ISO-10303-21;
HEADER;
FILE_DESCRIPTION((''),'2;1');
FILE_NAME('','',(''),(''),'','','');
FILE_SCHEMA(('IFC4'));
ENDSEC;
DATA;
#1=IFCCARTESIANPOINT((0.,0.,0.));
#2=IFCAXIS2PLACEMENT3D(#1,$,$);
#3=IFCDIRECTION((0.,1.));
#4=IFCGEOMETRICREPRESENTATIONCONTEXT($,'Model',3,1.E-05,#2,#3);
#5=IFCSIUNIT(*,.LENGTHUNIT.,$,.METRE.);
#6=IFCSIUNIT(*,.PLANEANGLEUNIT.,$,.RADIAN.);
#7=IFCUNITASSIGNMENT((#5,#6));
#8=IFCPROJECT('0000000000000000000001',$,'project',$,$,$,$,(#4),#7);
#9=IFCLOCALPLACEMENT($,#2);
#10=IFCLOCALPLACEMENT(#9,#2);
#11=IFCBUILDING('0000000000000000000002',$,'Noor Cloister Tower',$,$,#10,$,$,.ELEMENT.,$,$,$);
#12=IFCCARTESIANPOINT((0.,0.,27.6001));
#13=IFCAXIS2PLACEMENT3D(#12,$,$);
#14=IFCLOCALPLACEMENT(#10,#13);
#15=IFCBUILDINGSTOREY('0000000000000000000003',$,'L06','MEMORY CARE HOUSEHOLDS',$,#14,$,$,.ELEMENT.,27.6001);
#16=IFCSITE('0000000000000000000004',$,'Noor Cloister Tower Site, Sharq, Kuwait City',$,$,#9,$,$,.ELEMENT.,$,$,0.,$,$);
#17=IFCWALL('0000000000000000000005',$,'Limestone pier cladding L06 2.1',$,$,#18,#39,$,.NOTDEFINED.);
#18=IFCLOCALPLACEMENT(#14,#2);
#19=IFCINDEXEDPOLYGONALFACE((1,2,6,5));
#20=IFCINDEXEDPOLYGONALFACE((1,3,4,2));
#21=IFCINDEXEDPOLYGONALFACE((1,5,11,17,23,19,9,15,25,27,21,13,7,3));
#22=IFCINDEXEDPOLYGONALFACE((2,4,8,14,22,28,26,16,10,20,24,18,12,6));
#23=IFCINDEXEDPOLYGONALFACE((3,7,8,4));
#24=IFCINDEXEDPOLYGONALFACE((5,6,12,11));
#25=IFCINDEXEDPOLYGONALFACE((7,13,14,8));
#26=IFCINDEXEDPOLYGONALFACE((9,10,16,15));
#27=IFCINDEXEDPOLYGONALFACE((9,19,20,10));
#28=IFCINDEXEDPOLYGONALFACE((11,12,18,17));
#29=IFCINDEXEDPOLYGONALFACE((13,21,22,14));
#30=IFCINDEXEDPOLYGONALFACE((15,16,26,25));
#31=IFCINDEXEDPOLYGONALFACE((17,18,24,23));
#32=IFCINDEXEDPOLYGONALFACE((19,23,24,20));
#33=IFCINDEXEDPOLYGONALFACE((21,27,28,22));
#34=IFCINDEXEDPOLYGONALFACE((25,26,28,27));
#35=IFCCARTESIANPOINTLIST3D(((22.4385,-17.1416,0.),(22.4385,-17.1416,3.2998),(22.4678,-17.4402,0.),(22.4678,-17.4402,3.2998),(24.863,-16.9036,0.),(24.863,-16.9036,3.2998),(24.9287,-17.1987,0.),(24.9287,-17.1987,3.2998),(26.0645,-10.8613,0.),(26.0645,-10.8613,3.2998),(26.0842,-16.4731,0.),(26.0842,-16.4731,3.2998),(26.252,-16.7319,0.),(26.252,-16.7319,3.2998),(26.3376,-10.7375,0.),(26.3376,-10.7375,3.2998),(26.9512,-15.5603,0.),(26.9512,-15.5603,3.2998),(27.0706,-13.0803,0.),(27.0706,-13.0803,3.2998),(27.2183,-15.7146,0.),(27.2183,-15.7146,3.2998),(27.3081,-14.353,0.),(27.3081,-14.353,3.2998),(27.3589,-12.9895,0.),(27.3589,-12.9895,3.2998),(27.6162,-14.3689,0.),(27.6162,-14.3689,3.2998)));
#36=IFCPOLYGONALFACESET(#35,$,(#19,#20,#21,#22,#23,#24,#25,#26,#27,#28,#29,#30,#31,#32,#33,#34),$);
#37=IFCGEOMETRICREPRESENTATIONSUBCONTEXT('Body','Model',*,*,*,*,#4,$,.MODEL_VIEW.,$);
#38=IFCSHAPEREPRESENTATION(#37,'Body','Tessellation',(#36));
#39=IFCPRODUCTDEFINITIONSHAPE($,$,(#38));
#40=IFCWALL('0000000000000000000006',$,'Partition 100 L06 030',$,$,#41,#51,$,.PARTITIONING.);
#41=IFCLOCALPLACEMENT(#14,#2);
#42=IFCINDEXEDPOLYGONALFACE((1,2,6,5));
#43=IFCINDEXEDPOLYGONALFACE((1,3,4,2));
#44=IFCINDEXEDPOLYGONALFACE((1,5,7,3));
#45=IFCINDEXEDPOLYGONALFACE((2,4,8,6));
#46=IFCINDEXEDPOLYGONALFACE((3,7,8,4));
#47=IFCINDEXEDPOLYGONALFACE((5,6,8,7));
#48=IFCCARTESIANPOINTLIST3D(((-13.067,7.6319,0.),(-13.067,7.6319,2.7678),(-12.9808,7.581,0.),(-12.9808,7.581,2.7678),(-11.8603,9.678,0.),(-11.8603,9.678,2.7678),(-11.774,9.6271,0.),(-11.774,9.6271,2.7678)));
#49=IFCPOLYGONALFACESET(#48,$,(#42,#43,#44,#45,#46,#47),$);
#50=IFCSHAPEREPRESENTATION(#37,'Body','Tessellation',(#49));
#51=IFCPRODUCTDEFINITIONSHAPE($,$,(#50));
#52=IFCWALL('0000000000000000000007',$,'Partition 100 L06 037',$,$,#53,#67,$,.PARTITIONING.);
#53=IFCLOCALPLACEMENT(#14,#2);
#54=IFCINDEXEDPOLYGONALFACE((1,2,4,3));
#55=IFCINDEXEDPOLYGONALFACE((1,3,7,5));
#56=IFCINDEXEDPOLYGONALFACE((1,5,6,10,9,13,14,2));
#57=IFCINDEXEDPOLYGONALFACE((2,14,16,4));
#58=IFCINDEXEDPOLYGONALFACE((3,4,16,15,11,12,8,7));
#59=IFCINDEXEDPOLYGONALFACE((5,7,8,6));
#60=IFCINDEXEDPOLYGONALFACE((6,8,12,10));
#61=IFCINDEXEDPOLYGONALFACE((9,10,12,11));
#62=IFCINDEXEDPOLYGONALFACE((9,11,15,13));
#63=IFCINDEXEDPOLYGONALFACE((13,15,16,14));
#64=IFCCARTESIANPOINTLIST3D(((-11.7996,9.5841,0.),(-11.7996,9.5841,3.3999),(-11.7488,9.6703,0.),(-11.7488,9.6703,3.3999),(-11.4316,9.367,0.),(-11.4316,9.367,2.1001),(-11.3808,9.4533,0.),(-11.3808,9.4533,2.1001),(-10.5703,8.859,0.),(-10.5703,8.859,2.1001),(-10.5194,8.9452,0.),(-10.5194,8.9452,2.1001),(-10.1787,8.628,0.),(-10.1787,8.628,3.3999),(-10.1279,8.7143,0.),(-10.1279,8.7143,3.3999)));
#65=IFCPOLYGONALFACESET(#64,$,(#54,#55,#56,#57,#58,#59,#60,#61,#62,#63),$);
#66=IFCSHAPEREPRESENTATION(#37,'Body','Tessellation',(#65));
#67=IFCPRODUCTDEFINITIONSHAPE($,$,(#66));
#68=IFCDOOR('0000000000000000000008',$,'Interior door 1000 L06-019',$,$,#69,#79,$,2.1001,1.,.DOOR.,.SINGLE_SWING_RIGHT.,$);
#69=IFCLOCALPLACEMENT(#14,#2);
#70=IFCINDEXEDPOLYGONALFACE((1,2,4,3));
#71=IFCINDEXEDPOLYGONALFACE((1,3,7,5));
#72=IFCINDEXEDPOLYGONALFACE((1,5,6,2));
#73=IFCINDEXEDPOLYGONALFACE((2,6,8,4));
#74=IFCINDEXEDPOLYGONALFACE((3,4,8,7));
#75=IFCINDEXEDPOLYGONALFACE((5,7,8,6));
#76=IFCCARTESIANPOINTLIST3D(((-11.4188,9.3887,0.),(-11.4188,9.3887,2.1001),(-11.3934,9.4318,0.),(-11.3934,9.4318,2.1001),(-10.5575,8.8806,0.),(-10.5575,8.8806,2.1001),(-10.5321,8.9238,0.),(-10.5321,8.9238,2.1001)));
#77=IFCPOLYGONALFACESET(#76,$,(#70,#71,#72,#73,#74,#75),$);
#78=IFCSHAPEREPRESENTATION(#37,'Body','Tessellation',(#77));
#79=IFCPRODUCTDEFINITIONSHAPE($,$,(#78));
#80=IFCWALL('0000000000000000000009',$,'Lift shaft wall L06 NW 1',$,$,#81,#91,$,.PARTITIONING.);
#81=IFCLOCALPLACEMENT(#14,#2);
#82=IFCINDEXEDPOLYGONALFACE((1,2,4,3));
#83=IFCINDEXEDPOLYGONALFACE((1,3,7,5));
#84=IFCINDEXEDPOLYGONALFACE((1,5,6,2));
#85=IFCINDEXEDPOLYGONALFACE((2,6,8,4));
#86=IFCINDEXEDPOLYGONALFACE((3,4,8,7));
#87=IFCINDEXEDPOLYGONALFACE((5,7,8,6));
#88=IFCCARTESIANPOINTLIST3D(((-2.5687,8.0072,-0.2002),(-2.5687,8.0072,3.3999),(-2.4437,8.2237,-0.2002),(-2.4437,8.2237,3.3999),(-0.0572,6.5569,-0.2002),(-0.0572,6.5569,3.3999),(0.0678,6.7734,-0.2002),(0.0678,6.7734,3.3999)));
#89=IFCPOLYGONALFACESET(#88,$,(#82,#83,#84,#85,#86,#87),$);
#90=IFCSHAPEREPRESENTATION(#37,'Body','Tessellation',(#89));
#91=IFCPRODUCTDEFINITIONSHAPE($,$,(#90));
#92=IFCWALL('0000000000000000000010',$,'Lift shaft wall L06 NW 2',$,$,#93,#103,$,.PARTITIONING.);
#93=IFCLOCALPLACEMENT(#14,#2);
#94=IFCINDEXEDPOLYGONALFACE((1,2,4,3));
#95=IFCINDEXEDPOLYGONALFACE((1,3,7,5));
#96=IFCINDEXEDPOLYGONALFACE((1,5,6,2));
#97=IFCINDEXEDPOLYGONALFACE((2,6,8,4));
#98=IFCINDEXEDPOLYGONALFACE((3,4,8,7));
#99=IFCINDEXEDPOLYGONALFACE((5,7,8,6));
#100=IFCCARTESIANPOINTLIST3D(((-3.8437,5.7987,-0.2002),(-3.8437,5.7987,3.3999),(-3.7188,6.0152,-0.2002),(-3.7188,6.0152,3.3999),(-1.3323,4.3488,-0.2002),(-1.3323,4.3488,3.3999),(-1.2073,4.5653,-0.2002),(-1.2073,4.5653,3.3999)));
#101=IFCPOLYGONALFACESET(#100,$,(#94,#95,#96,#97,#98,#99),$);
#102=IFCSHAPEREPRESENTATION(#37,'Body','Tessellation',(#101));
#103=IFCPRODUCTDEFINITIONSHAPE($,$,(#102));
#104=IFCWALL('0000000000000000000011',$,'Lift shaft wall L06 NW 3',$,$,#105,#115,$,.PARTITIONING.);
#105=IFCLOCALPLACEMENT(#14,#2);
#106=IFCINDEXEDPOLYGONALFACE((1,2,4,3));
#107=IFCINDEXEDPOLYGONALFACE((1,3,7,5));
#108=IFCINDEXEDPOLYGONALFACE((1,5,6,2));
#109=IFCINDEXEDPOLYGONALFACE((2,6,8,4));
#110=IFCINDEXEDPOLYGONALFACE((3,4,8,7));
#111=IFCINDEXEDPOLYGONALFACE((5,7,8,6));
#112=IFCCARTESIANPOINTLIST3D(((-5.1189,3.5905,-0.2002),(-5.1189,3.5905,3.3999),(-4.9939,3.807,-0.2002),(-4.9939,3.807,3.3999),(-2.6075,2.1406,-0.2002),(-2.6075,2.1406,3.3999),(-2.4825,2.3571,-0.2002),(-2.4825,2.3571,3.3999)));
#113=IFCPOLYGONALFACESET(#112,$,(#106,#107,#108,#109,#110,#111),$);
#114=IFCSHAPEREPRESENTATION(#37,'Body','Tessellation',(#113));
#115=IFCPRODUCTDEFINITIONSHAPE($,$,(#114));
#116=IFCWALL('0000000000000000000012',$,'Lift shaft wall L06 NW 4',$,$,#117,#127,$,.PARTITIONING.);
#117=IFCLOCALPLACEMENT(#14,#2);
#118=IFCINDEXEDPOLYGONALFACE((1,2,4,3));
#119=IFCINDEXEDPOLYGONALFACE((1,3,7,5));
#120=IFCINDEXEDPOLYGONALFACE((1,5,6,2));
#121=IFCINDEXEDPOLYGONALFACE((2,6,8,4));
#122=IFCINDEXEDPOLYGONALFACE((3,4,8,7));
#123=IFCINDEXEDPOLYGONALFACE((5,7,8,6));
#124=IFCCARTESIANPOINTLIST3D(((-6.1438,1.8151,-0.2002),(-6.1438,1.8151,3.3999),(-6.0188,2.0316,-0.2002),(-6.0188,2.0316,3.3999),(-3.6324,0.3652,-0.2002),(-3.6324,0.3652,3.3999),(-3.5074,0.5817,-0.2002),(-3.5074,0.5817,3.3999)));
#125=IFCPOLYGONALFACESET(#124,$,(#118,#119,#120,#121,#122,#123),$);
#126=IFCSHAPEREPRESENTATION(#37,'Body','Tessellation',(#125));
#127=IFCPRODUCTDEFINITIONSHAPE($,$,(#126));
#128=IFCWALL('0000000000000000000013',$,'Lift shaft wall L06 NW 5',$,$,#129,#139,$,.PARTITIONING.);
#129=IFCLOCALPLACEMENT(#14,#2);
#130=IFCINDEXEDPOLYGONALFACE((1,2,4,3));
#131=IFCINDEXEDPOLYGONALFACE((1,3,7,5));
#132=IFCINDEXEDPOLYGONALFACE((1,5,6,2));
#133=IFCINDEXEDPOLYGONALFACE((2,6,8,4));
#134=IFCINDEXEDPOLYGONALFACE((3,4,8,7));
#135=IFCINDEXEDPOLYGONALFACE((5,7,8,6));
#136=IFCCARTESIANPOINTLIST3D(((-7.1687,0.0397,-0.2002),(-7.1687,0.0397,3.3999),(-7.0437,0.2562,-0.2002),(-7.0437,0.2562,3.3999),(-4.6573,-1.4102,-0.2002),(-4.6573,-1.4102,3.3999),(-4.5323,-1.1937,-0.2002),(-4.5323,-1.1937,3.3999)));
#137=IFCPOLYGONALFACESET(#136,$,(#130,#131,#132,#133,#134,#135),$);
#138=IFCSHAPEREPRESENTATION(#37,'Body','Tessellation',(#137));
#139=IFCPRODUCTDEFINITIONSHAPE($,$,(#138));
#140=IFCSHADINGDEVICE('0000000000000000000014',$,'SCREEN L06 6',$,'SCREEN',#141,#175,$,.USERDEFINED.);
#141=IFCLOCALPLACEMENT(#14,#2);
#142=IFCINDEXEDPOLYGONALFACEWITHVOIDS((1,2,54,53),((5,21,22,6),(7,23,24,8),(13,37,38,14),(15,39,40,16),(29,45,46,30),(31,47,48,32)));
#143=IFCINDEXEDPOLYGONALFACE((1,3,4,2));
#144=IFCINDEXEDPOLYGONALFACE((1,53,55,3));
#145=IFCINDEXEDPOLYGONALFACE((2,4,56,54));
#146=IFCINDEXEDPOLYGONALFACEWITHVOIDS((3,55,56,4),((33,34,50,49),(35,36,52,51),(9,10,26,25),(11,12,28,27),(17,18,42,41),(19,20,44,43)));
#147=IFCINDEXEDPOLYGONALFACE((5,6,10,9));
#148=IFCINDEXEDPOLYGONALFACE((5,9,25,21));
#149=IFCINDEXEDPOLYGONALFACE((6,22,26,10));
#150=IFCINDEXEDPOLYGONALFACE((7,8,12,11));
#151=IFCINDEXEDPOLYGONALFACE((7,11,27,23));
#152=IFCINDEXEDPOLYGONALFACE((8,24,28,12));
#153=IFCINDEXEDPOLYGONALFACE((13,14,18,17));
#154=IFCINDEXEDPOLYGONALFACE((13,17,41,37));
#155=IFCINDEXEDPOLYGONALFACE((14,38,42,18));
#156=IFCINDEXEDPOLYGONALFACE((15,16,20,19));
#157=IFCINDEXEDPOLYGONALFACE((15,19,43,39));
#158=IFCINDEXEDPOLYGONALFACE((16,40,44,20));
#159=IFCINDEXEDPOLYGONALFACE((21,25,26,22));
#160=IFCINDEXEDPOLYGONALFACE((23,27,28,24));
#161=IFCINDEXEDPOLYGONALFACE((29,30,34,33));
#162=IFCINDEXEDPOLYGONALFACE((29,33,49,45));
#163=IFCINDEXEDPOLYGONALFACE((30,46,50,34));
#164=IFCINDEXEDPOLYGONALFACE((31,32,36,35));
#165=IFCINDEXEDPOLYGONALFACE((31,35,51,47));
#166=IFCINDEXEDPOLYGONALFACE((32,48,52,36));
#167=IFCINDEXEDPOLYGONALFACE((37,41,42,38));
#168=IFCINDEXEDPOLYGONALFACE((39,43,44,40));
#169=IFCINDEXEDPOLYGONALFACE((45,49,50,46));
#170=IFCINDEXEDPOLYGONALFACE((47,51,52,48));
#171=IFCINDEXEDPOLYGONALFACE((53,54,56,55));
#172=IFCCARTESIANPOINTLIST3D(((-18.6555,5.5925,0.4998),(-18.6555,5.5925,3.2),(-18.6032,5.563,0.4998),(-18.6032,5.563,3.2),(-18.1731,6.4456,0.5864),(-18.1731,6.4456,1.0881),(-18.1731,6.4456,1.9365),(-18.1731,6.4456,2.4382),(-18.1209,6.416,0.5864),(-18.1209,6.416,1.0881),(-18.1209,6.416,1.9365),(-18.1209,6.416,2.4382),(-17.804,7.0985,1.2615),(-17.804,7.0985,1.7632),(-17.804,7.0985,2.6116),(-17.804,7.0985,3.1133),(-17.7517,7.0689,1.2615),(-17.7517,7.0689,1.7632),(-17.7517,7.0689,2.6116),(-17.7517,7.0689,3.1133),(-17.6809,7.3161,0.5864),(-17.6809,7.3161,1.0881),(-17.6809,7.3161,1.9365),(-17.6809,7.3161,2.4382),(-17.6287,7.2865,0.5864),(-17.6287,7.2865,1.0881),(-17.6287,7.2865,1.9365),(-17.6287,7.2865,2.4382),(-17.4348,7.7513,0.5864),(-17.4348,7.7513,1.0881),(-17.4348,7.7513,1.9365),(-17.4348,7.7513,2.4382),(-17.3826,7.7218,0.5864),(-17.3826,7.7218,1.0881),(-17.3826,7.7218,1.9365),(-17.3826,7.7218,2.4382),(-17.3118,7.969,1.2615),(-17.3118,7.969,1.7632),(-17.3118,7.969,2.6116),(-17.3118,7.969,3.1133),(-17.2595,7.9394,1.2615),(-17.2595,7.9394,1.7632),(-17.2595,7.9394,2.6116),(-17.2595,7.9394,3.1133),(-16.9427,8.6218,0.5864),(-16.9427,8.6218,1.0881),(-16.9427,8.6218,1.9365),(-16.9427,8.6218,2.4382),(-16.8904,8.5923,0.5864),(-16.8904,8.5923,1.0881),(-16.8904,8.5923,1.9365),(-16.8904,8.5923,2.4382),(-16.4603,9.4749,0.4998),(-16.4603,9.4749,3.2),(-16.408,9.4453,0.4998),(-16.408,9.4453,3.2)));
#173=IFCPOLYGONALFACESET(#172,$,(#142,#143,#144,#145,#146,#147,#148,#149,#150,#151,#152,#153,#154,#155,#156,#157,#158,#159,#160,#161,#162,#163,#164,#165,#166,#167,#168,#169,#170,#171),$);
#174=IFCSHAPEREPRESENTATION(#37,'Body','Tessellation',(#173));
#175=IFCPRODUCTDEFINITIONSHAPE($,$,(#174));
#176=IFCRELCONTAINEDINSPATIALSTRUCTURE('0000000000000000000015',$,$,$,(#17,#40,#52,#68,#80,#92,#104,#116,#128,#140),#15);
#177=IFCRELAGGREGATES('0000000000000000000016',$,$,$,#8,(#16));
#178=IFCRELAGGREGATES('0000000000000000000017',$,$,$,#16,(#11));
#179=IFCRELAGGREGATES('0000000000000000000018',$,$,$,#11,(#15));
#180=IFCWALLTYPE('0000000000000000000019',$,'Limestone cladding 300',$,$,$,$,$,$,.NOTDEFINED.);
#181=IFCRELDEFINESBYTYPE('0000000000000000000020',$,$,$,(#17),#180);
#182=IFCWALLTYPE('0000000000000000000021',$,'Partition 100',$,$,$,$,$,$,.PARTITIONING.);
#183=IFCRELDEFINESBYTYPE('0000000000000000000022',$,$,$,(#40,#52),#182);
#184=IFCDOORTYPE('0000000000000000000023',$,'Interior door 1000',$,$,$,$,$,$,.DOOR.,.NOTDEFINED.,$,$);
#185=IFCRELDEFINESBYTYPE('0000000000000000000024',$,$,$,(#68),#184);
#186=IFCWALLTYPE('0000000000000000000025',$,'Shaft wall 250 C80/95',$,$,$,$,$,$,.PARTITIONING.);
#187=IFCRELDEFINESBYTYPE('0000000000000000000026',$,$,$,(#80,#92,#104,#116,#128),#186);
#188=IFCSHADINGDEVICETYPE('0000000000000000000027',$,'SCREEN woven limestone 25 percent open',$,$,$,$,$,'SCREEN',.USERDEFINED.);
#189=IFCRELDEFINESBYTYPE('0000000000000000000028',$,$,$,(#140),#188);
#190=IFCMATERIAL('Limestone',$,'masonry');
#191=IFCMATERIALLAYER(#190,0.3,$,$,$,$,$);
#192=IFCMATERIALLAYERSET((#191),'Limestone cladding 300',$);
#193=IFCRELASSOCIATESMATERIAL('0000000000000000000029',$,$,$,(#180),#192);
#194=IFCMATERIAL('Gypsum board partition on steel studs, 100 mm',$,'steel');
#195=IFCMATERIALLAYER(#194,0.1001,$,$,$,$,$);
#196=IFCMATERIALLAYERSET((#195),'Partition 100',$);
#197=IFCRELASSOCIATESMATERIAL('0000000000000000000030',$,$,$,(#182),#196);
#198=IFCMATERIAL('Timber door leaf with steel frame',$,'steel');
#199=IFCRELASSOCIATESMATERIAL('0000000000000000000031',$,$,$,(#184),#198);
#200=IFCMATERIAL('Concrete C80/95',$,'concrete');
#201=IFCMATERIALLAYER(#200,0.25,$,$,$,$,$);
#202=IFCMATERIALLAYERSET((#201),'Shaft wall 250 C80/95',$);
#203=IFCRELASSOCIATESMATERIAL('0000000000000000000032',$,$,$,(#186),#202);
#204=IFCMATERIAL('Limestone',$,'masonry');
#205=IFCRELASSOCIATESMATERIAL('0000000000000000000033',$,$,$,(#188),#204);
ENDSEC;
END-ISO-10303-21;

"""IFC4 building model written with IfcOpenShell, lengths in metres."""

from ifc_helpers import new_model, si_unit, direction, frame, frame_2d, origin, place, context, subcontext, project, spatial, polyline, rectangle, outline, extrude, material, layer, layer_set, material_profile, profile_set, type_object, element, fill, save


model = new_model("IFC4")

# Units and contexts
model_context = context("Model", 3, precision=1e-05, world=origin(), true_north=direction((0.0, 1.0)))
body_context = subcontext(model_context, "Body", "Model", "MODEL_VIEW")
ifc_project = project(units=[si_unit("LENGTHUNIT", "METRE"), si_unit("PLANEANGLEUNIT", "RADIAN")], contexts=[model_context])

# Site, building, storey
site_placement = place(None, origin())
site = spatial("IfcSite", under=ifc_project, at=site_placement, Name="Noor Cloister Tower Site, Sharq, Kuwait City", CompositionType="ELEMENT", RefElevation=0.0)
building_placement = place(site_placement, origin())
building = spatial("IfcBuilding", under=site, at=building_placement, Name="Noor Cloister Tower", CompositionType="ELEMENT")
storey_placement = place(building_placement, frame((0.0, 0.0, 27.6001)))
storey = spatial("IfcBuildingStorey", under=building, at=storey_placement, Name="L06", Description="MEMORY CARE HOUSEHOLDS", CompositionType="ELEMENT", Elevation=27.6001)

# Walls
ifc_material_1 = material(Name="Limestone", Category="masonry")
ifc_layer_1 = layer(ifc_material_1, 0.3)
ifc_layer_set_1 = layer_set([ifc_layer_1], Name="Limestone cladding 300")
wall_type_1 = type_object("IfcWallType", Name="Limestone cladding 300", PredefinedType="NOTDEFINED", material=ifc_layer_set_1)
wall_1_placement = place(storey_placement, origin())
element("IfcWall", 1, at=wall_1_placement, inside=storey, type_object=wall_type_1, Name="Limestone pier cladding L06 2.1", PredefinedType="NOTDEFINED", context=body_context, shape_type="SweptSolid", body=[
    extrude(outline(polyline([(22.4678, -17.4402), (24.9287, -17.1987), (26.252, -16.7319), (27.2183, -15.7146), (27.6162, -14.3689), (27.3589, -12.9895), (26.3376, -10.7375), (26.0645, -10.8613), (27.0706, -13.0803), (27.3081, -14.353), (26.9512, -15.5603), (26.0842, -16.4731), (24.863, -16.9036), (22.4385, -17.1416), (22.4678, -17.4402)])), origin(), (0.0, 0.0, 1.0), 3.2998),
])
ifc_material_2 = material(Name="Gypsum board partition on steel studs, 100 mm", Category="steel")
ifc_layer_2 = layer(ifc_material_2, 0.1001)
ifc_layer_set_2 = layer_set([ifc_layer_2], Name="Partition 100")
wall_type_2 = type_object("IfcWallType", Name="Partition 100", PredefinedType="PARTITIONING", material=ifc_layer_set_2)
wall_2_placement = place(storey_placement, frame((-13.0239, 7.6064, 0.0), z_axis=(0.0, 0.0, 1.0), x_axis=(0.508012, 0.86135, 0.0)))
element("IfcWall", 2, at=wall_2_placement, inside=storey, type_object=wall_type_2, Name="Partition 100 L06 030", PredefinedType="PARTITIONING", context=body_context, shape_type="SweptSolid", body=[
    extrude(rectangle(XDim=2.3755, YDim=0.1001, at=frame_2d((1.1877, 0.0))), origin(), (0.0, 0.0, 1.0), 2.7678),
])

# Wall, opening, door
wall_3_placement = place(storey_placement, frame((-10.1533, 8.6711, 0.0), z_axis=(0.0, 0.0, 1.0), x_axis=(-0.861327, 0.508052, 0.0)))
wall_3 = element("IfcWall", 3, at=wall_3_placement, inside=storey, type_object=wall_type_2, Name="Partition 100 L06 037", PredefinedType="PARTITIONING", context=body_context, shape_type="SweptSolid", body=[
    extrude(rectangle(XDim=1.8818, YDim=0.1001, at=frame_2d((0.9409, 0.0))), origin(), (0.0, 0.0, 1.0), 3.3999),
])
opening_placement = place(wall_3_placement, frame((0.4546, 0.0, 0.0)))
opening = element("IfcOpeningElement", 4, at=opening_placement, cuts=wall_3, PredefinedType="OPENING", context=body_context, shape_type="SweptSolid", body=[
    extrude(rectangle(XDim=1.0, YDim=2.1001, at=frame_2d((0.5, 1.05))), frame((0.0, 0.0601, 0.0), z_axis=(0.0, -1.0, 0.0), x_axis=(1.0, 0.0, 0.0)), (0.0, 0.0, 1.0), 0.1201),
])
ifc_material_3 = material(Name="Timber door leaf with steel frame", Category="steel")
door_type = type_object("IfcDoorType", Name="Interior door 1000", OperationType="NOTDEFINED", PredefinedType="DOOR", material=ifc_material_3)
door_placement = place(opening_placement, origin())
door = element("IfcDoor", 5, at=door_placement, inside=storey, type_object=door_type, Name="Interior door 1000 L06-019", OperationType="SINGLE_SWING_RIGHT", OverallHeight=2.1001, OverallWidth=1.0, PredefinedType="DOOR", context=body_context, shape_type="SweptSolid", body=[
    extrude(rectangle(XDim=1.0, YDim=2.1001, at=frame_2d((0.5, 1.05))), frame((0.0, 0.0249, 0.0), z_axis=(0.0, -1.0, 0.0), x_axis=(1.0, 0.0, 0.0)), (0.0, 0.0, 1.0), 0.05),
])
fill(opening, door)

# Walls
ifc_material_4 = material(Name="Concrete C80/95", Category="concrete")
ifc_layer_3 = layer(ifc_material_4, 0.25)
ifc_layer_set_3 = layer_set([ifc_layer_3], Name="Shaft wall 250 C80/95")
wall_type_3 = type_object("IfcWallType", Name="Shaft wall 250 C80/95", PredefinedType="PARTITIONING", material=ifc_layer_set_3)
wall_4_placement = place(storey_placement, frame((-2.5063, 8.1155, -0.2002), z_axis=(0.0, 0.0, 1.0), x_axis=(0.865996, -0.50005, 0.0)))
element("IfcWall", 6, at=wall_4_placement, inside=storey, type_object=wall_type_3, Name="Lift shaft wall L06 NW 1", PredefinedType="PARTITIONING", context=body_context, shape_type="SweptSolid", body=[
    extrude(rectangle(XDim=2.9001, YDim=0.25, at=frame_2d((1.4502, 0.0))), origin(), (0.0, 0.0, 1.0), 3.6001),
])
for number, where, z_axis, x_axis, name in (
    (7, (-3.7812, 5.907, -0.2002), (0.0, 0.0, 1.0), (0.866033, -0.499987, 0.0), "Lift shaft wall L06 NW 2"),
    (8, (-5.0564, 3.6987, -0.2002), (0.0, 0.0, 1.0), (0.866033, -0.499987, 0.0), "Lift shaft wall L06 NW 3"),
    (9, (-6.0813, 1.9233, -0.2002), (0.0, 0.0, 1.0), (0.866033, -0.499987, 0.0), "Lift shaft wall L06 NW 4"),
    (10, (-7.1062, 0.1479, -0.2002), (0.0, 0.0, 1.0), (0.866033, -0.499987, 0.0), "Lift shaft wall L06 NW 5"),
):
    element("IfcWall", number, at=place(storey_placement, frame(where, z_axis=z_axis, x_axis=x_axis)), inside=storey, type_object=wall_type_3, Name=name, PredefinedType="PARTITIONING", context=body_context, shape_type="SweptSolid", body=[
        extrude(rectangle(XDim=2.8999, YDim=0.25, at=frame_2d((1.45, 0.0))), origin(), (0.0, 0.0, 1.0), 3.6001),
    ])

# Shading device
ifc_material_5 = material(Name="Limestone", Category="masonry")
ifc_material_profile_1 = material_profile(ifc_material_5, outline(polyline([(-2.23, -1.3501), (2.23, -1.3501), (2.23, 1.3501), (-2.23, 1.3501), (-2.23, -1.3501)]), holes=[polyline([(-1.25, -1.2634), (-0.25, -1.2634), (-0.25, -0.7617), (-1.25, -0.7617), (-1.25, -1.2634)]), polyline([(0.25, -1.2634), (1.25, -1.2634), (1.25, -0.7617), (0.25, -0.7617), (0.25, -1.2634)]), polyline([(-0.5, -0.5884), (0.5, -0.5884), (0.5, -0.0867), (-0.5, -0.0867), (-0.5, -0.5884)]), polyline([(-1.25, 0.0867), (-0.25, 0.0867), (-0.25, 0.5884), (-1.25, 0.5884), (-1.25, 0.0867)]), polyline([(0.25, 0.0867), (1.25, 0.0867), (1.25, 0.5884), (0.25, 0.5884), (0.25, 0.0867)]), polyline([(-0.5, 0.7617), (0.5, 0.7617), (0.5, 1.2634), (-0.5, 1.2634), (-0.5, 0.7617)])]), Name="Woven screen 25 percent open")
ifc_profile_set_1 = profile_set([ifc_material_profile_1], Name="Limestone")
shading_device_type = type_object("IfcShadingDeviceType", Name="SCREEN woven limestone 25 percent open", ElementType="SCREEN", PredefinedType="USERDEFINED", material=ifc_profile_set_1)
for number, where, z_axis, x_axis, name in (
    (11, (-17.5056, 7.5042, 1.8499), (-0.870487, 0.492191, 0.0), (-0.492191, -0.870487, 0.0), "SCREEN L06 6"),
):
    element("IfcShadingDevice", number, at=place(storey_placement, frame(where, z_axis=z_axis, x_axis=x_axis)), inside=storey, type_object=shading_device_type, Name=name, ObjectType="SCREEN", PredefinedType="USERDEFINED", context=body_context, shape_type="SweptSolid", body=[
        extrude(outline(polyline([(-2.23, -1.3501), (2.23, -1.3501), (2.23, 1.3501), (-2.23, 1.3501), (-2.23, -1.3501)]), holes=[polyline([(-1.25, -1.2634), (-0.25, -1.2634), (-0.25, -0.7617), (-1.25, -0.7617), (-1.25, -1.2634)]), polyline([(0.25, -1.2634), (1.25, -1.2634), (1.25, -0.7617), (0.25, -0.7617), (0.25, -1.2634)]), polyline([(-0.5, -0.5884), (0.5, -0.5884), (0.5, -0.0867), (-0.5, -0.0867), (-0.5, -0.5884)]), polyline([(-1.25, 0.0867), (-0.25, 0.0867), (-0.25, 0.5884), (-1.25, 0.5884), (-1.25, 0.0867)]), polyline([(0.25, 0.0867), (1.25, 0.0867), (1.25, 0.5884), (0.25, 0.5884), (0.25, 0.0867)]), polyline([(-0.5, 0.7617), (0.5, 0.7617), (0.5, 1.2634), (-0.5, 1.2634), (-0.5, 0.7617)])]), origin(), (0.0, 0.0, 1.0), 0.0601),
    ])

save(model, "model.ifc")
